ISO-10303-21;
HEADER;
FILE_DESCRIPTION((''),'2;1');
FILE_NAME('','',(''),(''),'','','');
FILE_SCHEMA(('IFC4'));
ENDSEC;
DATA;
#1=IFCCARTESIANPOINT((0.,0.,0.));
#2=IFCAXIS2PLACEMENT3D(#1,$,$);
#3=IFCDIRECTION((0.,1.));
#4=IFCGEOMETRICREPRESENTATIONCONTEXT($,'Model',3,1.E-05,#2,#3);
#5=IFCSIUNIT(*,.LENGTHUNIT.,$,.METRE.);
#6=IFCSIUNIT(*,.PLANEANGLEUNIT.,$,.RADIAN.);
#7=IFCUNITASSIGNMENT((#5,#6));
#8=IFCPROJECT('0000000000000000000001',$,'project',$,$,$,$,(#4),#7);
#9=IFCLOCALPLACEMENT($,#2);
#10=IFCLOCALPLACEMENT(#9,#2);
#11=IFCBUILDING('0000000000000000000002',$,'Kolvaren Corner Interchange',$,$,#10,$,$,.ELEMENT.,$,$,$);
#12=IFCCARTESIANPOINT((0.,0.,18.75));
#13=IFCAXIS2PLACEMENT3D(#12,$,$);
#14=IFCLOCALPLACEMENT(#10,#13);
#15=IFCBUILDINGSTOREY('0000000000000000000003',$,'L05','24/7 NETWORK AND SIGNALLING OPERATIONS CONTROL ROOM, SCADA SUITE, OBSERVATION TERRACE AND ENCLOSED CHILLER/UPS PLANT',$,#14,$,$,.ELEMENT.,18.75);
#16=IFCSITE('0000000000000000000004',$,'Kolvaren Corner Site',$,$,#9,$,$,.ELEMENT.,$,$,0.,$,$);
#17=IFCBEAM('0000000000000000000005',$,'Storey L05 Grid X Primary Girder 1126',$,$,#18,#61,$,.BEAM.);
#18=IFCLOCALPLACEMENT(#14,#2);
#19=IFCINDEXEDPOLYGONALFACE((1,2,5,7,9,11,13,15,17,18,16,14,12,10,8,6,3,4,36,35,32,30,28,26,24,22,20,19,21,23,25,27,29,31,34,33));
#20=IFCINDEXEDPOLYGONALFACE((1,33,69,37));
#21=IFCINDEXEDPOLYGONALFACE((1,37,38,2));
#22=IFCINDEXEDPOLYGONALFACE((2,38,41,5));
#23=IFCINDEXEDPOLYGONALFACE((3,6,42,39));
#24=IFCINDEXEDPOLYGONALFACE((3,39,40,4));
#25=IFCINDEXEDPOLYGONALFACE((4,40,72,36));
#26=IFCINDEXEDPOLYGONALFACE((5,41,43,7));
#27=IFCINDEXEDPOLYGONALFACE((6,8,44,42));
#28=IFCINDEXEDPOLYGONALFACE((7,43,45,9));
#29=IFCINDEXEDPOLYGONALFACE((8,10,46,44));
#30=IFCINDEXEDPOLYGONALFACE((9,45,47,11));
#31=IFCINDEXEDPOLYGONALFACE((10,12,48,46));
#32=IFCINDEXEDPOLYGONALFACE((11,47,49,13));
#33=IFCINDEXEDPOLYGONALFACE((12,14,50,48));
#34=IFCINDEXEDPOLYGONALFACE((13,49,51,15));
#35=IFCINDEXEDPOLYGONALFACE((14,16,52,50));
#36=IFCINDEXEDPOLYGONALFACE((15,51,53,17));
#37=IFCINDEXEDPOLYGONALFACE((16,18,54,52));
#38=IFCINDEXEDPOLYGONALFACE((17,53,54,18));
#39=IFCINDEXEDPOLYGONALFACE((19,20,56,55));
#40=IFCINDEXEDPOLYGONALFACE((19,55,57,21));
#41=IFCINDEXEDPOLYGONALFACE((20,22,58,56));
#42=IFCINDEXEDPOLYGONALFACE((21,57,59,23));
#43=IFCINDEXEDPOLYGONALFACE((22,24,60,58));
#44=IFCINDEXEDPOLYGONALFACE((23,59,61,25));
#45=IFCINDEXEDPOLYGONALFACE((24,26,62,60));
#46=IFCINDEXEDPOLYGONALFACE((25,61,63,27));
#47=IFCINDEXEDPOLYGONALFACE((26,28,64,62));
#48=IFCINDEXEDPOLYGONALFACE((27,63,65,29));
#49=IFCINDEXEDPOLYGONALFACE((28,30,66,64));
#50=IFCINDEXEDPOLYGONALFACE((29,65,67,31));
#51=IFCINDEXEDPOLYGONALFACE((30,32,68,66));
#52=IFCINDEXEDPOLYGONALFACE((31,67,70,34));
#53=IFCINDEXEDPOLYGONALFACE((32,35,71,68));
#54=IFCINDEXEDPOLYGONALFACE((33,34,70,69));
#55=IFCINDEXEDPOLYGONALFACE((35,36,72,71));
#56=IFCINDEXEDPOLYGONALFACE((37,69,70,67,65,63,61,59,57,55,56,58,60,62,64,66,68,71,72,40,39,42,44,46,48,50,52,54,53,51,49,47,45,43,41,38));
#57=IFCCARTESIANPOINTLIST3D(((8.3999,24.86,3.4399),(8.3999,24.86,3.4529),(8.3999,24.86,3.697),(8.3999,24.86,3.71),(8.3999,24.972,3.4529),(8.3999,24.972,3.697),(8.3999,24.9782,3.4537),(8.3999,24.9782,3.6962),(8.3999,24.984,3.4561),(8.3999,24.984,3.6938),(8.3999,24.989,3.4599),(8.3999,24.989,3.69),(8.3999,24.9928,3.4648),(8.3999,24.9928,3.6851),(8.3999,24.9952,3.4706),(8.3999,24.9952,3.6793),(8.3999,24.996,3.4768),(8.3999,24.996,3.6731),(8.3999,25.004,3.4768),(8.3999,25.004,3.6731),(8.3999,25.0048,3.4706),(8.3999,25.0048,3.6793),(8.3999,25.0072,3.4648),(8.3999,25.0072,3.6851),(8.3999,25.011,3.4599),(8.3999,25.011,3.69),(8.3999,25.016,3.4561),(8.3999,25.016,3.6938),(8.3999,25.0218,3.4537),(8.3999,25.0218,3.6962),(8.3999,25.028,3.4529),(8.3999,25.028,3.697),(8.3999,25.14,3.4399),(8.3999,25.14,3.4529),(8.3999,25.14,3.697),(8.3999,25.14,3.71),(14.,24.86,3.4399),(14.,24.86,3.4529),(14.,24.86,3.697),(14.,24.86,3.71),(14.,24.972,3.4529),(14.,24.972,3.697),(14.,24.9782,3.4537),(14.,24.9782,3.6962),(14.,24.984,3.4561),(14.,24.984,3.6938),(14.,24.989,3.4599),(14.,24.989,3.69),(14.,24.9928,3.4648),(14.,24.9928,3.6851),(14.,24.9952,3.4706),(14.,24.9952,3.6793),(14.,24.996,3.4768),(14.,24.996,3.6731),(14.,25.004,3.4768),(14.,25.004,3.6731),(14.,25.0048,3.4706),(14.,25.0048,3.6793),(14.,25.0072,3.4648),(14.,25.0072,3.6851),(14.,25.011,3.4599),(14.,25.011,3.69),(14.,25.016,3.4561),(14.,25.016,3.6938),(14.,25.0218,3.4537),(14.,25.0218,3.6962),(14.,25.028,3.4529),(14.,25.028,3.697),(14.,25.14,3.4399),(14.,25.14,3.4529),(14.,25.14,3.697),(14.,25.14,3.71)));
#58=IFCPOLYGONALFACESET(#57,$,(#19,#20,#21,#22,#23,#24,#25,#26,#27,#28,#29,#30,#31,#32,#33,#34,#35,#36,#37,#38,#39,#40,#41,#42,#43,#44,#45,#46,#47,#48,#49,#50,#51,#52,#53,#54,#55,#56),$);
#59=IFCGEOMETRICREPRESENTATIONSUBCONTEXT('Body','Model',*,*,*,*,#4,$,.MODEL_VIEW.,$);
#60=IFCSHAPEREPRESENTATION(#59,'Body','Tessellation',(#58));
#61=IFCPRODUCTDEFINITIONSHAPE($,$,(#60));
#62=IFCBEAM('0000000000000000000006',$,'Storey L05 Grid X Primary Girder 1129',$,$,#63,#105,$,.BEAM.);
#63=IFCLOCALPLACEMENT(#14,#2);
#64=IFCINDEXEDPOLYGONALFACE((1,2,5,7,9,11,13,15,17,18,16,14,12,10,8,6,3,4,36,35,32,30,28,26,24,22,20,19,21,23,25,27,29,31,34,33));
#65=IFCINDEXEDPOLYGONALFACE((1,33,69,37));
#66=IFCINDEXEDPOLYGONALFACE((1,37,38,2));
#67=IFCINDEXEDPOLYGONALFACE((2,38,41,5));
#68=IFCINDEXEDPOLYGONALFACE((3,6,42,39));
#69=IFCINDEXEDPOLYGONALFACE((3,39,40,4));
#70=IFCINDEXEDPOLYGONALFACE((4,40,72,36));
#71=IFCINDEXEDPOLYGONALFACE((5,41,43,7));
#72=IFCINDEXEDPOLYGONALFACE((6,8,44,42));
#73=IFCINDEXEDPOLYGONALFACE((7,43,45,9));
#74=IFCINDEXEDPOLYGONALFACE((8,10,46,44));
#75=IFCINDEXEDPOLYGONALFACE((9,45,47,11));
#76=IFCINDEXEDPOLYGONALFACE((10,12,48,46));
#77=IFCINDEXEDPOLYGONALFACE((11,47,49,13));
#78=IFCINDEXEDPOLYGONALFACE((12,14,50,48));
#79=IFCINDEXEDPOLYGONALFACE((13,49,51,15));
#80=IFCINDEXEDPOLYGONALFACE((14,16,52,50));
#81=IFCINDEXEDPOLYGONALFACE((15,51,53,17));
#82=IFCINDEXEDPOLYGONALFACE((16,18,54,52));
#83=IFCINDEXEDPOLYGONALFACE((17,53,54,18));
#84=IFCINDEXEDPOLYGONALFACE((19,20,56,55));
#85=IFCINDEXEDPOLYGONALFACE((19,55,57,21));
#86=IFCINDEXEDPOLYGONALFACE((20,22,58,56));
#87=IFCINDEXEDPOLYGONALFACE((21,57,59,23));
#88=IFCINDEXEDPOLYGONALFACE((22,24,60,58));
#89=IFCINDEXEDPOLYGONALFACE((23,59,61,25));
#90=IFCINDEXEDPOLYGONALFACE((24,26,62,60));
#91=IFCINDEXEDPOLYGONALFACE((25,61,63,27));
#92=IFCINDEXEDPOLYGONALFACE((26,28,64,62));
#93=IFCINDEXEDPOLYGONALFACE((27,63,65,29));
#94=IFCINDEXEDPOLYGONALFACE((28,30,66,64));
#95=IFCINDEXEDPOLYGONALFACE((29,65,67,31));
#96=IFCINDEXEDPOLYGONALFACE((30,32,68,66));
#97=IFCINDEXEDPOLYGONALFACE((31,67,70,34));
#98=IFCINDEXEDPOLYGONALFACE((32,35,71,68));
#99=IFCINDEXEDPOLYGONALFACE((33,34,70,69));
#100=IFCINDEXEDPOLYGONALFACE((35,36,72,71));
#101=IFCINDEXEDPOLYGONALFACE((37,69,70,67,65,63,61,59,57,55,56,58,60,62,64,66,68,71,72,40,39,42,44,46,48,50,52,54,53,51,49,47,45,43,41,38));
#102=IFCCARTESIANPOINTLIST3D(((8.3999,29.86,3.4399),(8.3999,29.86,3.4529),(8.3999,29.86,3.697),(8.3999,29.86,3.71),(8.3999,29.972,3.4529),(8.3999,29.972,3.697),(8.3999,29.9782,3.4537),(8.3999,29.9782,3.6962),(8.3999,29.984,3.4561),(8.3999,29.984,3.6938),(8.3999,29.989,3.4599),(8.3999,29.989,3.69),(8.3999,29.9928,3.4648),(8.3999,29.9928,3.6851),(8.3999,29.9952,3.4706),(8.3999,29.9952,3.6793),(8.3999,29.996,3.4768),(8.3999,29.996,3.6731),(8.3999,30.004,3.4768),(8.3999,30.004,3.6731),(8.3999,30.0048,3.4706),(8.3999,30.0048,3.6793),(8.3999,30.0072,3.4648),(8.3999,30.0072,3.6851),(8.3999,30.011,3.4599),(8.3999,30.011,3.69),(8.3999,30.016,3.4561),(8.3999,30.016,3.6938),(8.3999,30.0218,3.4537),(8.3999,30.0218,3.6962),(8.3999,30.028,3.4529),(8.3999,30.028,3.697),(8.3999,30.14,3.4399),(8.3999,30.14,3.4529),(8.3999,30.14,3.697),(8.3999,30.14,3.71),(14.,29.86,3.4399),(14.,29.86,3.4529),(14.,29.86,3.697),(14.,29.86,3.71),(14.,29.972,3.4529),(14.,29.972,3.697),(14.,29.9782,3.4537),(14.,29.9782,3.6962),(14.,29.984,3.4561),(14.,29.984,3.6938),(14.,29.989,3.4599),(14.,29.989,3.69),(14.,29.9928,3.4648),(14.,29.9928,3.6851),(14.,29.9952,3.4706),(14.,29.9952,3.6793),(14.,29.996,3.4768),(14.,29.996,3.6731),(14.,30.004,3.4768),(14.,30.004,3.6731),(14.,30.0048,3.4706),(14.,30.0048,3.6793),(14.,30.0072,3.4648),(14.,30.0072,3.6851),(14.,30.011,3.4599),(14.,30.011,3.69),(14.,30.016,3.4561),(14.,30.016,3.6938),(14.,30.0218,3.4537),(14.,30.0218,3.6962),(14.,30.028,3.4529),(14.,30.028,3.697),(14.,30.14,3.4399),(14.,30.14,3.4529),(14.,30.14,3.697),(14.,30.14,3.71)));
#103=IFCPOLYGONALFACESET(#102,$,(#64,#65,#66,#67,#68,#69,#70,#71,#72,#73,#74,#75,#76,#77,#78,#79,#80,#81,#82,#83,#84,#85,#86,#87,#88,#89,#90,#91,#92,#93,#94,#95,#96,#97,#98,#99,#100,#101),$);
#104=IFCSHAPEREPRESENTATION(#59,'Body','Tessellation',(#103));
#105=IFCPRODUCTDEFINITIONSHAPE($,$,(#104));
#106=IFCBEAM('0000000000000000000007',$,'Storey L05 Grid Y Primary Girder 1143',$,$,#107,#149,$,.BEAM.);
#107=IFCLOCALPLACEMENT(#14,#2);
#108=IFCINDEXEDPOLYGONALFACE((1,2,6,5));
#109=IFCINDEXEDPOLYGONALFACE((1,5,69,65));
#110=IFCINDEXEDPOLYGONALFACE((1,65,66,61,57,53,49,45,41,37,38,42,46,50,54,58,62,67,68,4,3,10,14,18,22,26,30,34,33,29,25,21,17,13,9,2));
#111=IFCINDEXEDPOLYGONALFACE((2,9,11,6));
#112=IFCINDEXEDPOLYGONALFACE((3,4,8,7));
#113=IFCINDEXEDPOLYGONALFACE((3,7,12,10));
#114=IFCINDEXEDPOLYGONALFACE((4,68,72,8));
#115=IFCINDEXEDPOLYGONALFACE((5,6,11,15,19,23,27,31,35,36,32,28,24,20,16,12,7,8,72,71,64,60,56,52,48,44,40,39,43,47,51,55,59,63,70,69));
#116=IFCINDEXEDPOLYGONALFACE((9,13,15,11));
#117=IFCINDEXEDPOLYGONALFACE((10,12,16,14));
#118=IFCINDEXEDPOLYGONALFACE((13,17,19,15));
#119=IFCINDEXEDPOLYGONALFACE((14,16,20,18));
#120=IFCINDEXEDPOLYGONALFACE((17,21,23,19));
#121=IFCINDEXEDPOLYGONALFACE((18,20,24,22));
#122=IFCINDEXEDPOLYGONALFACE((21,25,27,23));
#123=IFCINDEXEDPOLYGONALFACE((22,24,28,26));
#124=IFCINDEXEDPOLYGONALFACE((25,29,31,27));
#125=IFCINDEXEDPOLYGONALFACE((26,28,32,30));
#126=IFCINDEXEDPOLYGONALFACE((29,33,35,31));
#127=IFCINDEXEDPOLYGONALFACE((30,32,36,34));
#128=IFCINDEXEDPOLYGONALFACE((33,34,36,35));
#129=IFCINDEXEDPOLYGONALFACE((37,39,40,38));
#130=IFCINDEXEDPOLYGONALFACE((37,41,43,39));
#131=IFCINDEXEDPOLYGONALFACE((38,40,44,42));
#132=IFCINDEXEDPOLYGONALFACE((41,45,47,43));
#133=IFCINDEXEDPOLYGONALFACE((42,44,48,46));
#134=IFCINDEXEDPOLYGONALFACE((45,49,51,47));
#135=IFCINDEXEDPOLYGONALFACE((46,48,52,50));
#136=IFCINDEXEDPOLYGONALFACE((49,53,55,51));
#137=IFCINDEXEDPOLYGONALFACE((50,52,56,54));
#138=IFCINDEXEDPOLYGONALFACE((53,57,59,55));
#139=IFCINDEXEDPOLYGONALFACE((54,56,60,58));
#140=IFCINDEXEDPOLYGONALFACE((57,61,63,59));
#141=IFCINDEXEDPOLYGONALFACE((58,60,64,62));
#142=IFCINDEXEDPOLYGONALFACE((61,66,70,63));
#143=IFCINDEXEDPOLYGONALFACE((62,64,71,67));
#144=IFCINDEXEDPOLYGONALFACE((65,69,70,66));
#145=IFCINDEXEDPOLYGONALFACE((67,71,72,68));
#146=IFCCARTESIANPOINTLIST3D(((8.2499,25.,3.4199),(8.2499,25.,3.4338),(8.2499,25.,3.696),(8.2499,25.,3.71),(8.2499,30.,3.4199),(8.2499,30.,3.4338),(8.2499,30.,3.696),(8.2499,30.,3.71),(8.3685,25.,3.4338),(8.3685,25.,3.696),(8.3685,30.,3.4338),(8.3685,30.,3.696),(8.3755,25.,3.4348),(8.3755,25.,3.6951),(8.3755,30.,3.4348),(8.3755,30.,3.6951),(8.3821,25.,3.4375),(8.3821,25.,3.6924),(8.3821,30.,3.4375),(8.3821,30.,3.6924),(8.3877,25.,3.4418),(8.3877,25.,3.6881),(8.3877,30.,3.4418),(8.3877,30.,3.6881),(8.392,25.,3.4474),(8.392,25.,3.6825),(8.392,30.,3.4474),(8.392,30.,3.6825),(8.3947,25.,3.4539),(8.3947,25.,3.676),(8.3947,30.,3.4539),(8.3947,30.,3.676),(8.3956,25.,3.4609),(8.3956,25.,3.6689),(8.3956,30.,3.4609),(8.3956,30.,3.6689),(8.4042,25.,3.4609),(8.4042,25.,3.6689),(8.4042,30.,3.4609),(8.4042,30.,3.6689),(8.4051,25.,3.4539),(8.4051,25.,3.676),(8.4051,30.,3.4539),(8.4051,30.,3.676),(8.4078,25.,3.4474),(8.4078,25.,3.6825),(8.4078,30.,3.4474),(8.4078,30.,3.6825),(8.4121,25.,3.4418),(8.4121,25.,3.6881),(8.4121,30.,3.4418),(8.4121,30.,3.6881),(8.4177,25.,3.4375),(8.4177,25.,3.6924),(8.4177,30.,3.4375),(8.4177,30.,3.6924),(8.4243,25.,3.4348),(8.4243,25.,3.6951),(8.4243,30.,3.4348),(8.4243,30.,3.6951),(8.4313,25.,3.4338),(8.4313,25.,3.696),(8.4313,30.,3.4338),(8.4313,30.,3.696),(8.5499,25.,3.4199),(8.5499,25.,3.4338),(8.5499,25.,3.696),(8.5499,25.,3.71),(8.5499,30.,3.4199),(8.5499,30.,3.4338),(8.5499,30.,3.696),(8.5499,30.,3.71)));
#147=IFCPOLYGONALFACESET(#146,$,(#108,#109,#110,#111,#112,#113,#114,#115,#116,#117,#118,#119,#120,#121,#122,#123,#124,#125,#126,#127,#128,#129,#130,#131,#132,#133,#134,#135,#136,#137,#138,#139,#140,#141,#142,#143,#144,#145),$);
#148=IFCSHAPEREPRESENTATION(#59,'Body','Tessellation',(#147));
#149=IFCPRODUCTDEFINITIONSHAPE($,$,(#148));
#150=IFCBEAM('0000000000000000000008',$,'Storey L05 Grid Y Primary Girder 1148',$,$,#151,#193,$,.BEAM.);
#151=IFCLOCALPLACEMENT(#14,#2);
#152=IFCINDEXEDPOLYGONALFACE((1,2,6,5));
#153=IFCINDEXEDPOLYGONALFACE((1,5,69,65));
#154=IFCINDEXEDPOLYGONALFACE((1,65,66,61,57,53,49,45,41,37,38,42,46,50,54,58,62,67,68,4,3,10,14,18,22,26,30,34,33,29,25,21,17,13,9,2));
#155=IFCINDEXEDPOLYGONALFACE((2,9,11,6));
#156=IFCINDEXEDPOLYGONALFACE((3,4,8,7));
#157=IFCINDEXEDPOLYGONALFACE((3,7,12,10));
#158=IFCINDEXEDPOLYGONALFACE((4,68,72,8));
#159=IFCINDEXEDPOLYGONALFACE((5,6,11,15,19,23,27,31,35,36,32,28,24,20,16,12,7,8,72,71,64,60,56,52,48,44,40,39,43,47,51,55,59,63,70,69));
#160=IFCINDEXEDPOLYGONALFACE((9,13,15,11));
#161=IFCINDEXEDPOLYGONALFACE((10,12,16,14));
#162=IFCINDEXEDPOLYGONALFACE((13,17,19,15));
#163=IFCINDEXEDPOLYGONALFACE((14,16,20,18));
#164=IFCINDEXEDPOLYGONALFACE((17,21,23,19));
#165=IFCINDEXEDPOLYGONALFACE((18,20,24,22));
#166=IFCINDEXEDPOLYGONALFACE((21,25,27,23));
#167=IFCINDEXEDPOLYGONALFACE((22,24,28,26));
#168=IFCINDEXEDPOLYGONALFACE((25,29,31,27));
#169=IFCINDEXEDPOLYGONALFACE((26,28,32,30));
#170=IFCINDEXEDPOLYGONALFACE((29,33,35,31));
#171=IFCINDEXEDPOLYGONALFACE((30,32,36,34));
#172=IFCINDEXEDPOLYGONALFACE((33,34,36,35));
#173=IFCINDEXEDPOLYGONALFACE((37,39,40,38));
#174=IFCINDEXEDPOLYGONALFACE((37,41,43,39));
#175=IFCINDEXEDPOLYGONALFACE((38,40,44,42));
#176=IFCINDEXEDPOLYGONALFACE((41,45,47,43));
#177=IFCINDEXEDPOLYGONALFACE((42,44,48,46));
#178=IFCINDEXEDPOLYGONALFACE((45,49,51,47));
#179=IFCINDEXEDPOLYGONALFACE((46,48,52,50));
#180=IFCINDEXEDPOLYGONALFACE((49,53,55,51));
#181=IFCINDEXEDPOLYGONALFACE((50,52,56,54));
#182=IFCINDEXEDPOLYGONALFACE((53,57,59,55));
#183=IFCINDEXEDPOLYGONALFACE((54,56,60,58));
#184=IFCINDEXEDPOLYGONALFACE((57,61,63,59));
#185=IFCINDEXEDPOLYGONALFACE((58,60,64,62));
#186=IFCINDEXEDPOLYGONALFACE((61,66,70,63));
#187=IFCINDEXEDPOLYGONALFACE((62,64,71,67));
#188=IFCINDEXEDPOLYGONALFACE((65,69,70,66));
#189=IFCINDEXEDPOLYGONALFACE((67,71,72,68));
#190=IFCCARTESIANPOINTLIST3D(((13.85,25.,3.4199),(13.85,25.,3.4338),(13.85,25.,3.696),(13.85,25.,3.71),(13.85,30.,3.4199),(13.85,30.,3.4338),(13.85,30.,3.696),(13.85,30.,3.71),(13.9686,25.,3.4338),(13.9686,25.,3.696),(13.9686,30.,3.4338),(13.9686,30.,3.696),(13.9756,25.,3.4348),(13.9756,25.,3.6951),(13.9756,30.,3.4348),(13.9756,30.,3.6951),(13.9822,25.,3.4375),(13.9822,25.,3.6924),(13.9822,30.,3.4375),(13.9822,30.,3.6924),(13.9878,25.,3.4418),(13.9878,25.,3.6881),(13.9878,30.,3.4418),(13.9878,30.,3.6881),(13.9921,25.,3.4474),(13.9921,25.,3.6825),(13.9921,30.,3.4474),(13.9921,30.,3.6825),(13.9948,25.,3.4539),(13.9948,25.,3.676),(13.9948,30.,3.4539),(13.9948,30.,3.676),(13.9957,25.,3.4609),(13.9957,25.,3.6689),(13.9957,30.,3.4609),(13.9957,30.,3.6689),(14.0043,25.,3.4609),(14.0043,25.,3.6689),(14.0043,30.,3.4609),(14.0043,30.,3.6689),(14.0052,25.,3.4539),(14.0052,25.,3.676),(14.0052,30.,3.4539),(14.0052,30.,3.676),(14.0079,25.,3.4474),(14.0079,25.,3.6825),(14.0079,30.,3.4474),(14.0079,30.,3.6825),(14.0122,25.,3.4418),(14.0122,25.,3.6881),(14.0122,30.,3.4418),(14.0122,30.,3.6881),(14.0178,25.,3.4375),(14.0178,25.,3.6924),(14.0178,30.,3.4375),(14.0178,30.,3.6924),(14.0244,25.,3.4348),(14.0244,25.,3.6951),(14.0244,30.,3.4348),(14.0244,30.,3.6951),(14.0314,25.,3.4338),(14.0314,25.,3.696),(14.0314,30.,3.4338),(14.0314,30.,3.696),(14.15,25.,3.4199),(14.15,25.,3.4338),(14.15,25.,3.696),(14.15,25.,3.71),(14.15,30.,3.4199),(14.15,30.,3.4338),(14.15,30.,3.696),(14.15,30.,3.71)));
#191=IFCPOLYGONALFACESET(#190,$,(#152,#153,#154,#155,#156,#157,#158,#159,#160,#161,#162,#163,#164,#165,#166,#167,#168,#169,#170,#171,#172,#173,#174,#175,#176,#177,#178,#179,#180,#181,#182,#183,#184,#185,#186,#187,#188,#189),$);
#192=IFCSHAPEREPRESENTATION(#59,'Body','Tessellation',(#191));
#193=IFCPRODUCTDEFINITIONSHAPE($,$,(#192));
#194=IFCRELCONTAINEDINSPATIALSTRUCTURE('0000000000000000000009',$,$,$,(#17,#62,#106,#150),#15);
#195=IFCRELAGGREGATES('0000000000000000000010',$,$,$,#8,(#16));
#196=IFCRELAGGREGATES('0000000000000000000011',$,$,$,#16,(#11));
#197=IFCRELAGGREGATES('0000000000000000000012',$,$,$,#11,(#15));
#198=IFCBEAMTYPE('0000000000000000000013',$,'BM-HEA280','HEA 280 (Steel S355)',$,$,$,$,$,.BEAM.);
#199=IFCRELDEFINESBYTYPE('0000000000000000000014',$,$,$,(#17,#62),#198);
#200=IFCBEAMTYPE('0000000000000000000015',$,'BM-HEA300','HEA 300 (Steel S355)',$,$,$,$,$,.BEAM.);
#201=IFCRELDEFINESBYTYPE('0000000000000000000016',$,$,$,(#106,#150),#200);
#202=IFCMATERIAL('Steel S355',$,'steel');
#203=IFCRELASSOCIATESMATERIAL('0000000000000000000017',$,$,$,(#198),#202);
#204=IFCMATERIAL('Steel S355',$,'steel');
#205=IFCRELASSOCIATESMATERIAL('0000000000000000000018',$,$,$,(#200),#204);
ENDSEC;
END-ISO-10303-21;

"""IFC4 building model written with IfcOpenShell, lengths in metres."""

from ifc_helpers import new_model, si_unit, direction, frame, origin, origin_2d, place, context, subcontext, project, spatial, i_section, extrude, material, material_profile, profile_set, type_object, element, save


model = new_model("IFC4")

# Units and contexts
model_context = context("Model", 3, precision=1e-05, world=origin(), true_north=direction((0.0, 1.0)))
body_context = subcontext(model_context, "Body", "Model", "MODEL_VIEW")
ifc_project = project(units=[si_unit("LENGTHUNIT", "METRE"), si_unit("PLANEANGLEUNIT", "RADIAN")], contexts=[model_context])

# Site, building, storey
site_placement = place(None, origin())
site = spatial("IfcSite", under=ifc_project, at=site_placement, Name="Kolvaren Corner Site", CompositionType="ELEMENT", RefElevation=0.0)
building_placement = place(site_placement, origin())
building = spatial("IfcBuilding", under=site, at=building_placement, Name="Kolvaren Corner Interchange", CompositionType="ELEMENT")
storey_placement = place(building_placement, frame((0.0, 0.0, 18.75)))
storey = spatial("IfcBuildingStorey", under=building, at=storey_placement, Name="L05", Description="24/7 NETWORK AND SIGNALLING OPERATIONS CONTROL ROOM, SCADA SUITE, OBSERVATION TERRACE AND ENCLOSED CHILLER/UPS PLANT", CompositionType="ELEMENT", Elevation=18.75)

# Beams
ifc_material_1 = material(Name="Steel S355", Category="steel")
ifc_material_profile_1 = material_profile(ifc_material_1, i_section(OverallWidth=0.28, OverallDepth=0.27, WebThickness=0.0081, FlangeThickness=0.0129, FilletRadius=0.0239, at=origin_2d()), Name="HEA 280")
ifc_profile_set_1 = profile_set([ifc_material_profile_1], Name="Steel S355")
beam_type_1 = type_object("IfcBeamType", Name="BM-HEA280", Description="HEA 280 (Steel S355)", PredefinedType="BEAM", material=ifc_profile_set_1)
for number, where, z_axis, x_axis, name in (
    (1, (8.3999, 25.0, 3.575), (1.0, 0.0, 0.0), (0.0, 1.0, 0.0), "Storey L05 Grid X Primary Girder 1126"),
    (2, (8.3999, 30.0, 3.575), (1.0, 0.0, 0.0), (0.0, 1.0, 0.0), "Storey L05 Grid X Primary Girder 1129"),
):
    element("IfcBeam", number, at=place(storey_placement, frame(where, z_axis=z_axis, x_axis=x_axis)), inside=storey, type_object=beam_type_1, Name=name, PredefinedType="BEAM", context=body_context, shape_type="SweptSolid", body=[
        extrude(i_section(OverallWidth=0.28, OverallDepth=0.27, WebThickness=0.0081, FlangeThickness=0.0129, FilletRadius=0.0239, at=origin_2d()), origin(), (0.0, 0.0, 1.0), 5.6001),
    ])
ifc_material_2 = material(Name="Steel S355", Category="steel")
ifc_material_profile_2 = material_profile(ifc_material_2, i_section(OverallWidth=0.3, OverallDepth=0.29, WebThickness=0.0085, FlangeThickness=0.0139, FilletRadius=0.0271, at=origin_2d()), Name="HEA 300")
ifc_profile_set_2 = profile_set([ifc_material_profile_2], Name="Steel S355")
beam_type_2 = type_object("IfcBeamType", Name="BM-HEA300", Description="HEA 300 (Steel S355)", PredefinedType="BEAM", material=ifc_profile_set_2)
for number, where, z_axis, x_axis, name in (
    (3, (8.3999, 25.0, 3.5649), (0.0, 1.0, 0.0), (-1.0, 0.0, 0.0), "Storey L05 Grid Y Primary Girder 1143"),
    (4, (14.0, 25.0, 3.5649), (0.0, 1.0, 0.0), (-1.0, 0.0, 0.0), "Storey L05 Grid Y Primary Girder 1148"),
):
    element("IfcBeam", number, at=place(storey_placement, frame(where, z_axis=z_axis, x_axis=x_axis)), inside=storey, type_object=beam_type_2, Name=name, PredefinedType="BEAM", context=body_context, shape_type="SweptSolid", body=[
        extrude(i_section(OverallWidth=0.3, OverallDepth=0.29, WebThickness=0.0085, FlangeThickness=0.0139, FilletRadius=0.0271, at=origin_2d()), origin(), (0.0, 0.0, 1.0), 5.0),
    ])

save(model, "model.ifc")
